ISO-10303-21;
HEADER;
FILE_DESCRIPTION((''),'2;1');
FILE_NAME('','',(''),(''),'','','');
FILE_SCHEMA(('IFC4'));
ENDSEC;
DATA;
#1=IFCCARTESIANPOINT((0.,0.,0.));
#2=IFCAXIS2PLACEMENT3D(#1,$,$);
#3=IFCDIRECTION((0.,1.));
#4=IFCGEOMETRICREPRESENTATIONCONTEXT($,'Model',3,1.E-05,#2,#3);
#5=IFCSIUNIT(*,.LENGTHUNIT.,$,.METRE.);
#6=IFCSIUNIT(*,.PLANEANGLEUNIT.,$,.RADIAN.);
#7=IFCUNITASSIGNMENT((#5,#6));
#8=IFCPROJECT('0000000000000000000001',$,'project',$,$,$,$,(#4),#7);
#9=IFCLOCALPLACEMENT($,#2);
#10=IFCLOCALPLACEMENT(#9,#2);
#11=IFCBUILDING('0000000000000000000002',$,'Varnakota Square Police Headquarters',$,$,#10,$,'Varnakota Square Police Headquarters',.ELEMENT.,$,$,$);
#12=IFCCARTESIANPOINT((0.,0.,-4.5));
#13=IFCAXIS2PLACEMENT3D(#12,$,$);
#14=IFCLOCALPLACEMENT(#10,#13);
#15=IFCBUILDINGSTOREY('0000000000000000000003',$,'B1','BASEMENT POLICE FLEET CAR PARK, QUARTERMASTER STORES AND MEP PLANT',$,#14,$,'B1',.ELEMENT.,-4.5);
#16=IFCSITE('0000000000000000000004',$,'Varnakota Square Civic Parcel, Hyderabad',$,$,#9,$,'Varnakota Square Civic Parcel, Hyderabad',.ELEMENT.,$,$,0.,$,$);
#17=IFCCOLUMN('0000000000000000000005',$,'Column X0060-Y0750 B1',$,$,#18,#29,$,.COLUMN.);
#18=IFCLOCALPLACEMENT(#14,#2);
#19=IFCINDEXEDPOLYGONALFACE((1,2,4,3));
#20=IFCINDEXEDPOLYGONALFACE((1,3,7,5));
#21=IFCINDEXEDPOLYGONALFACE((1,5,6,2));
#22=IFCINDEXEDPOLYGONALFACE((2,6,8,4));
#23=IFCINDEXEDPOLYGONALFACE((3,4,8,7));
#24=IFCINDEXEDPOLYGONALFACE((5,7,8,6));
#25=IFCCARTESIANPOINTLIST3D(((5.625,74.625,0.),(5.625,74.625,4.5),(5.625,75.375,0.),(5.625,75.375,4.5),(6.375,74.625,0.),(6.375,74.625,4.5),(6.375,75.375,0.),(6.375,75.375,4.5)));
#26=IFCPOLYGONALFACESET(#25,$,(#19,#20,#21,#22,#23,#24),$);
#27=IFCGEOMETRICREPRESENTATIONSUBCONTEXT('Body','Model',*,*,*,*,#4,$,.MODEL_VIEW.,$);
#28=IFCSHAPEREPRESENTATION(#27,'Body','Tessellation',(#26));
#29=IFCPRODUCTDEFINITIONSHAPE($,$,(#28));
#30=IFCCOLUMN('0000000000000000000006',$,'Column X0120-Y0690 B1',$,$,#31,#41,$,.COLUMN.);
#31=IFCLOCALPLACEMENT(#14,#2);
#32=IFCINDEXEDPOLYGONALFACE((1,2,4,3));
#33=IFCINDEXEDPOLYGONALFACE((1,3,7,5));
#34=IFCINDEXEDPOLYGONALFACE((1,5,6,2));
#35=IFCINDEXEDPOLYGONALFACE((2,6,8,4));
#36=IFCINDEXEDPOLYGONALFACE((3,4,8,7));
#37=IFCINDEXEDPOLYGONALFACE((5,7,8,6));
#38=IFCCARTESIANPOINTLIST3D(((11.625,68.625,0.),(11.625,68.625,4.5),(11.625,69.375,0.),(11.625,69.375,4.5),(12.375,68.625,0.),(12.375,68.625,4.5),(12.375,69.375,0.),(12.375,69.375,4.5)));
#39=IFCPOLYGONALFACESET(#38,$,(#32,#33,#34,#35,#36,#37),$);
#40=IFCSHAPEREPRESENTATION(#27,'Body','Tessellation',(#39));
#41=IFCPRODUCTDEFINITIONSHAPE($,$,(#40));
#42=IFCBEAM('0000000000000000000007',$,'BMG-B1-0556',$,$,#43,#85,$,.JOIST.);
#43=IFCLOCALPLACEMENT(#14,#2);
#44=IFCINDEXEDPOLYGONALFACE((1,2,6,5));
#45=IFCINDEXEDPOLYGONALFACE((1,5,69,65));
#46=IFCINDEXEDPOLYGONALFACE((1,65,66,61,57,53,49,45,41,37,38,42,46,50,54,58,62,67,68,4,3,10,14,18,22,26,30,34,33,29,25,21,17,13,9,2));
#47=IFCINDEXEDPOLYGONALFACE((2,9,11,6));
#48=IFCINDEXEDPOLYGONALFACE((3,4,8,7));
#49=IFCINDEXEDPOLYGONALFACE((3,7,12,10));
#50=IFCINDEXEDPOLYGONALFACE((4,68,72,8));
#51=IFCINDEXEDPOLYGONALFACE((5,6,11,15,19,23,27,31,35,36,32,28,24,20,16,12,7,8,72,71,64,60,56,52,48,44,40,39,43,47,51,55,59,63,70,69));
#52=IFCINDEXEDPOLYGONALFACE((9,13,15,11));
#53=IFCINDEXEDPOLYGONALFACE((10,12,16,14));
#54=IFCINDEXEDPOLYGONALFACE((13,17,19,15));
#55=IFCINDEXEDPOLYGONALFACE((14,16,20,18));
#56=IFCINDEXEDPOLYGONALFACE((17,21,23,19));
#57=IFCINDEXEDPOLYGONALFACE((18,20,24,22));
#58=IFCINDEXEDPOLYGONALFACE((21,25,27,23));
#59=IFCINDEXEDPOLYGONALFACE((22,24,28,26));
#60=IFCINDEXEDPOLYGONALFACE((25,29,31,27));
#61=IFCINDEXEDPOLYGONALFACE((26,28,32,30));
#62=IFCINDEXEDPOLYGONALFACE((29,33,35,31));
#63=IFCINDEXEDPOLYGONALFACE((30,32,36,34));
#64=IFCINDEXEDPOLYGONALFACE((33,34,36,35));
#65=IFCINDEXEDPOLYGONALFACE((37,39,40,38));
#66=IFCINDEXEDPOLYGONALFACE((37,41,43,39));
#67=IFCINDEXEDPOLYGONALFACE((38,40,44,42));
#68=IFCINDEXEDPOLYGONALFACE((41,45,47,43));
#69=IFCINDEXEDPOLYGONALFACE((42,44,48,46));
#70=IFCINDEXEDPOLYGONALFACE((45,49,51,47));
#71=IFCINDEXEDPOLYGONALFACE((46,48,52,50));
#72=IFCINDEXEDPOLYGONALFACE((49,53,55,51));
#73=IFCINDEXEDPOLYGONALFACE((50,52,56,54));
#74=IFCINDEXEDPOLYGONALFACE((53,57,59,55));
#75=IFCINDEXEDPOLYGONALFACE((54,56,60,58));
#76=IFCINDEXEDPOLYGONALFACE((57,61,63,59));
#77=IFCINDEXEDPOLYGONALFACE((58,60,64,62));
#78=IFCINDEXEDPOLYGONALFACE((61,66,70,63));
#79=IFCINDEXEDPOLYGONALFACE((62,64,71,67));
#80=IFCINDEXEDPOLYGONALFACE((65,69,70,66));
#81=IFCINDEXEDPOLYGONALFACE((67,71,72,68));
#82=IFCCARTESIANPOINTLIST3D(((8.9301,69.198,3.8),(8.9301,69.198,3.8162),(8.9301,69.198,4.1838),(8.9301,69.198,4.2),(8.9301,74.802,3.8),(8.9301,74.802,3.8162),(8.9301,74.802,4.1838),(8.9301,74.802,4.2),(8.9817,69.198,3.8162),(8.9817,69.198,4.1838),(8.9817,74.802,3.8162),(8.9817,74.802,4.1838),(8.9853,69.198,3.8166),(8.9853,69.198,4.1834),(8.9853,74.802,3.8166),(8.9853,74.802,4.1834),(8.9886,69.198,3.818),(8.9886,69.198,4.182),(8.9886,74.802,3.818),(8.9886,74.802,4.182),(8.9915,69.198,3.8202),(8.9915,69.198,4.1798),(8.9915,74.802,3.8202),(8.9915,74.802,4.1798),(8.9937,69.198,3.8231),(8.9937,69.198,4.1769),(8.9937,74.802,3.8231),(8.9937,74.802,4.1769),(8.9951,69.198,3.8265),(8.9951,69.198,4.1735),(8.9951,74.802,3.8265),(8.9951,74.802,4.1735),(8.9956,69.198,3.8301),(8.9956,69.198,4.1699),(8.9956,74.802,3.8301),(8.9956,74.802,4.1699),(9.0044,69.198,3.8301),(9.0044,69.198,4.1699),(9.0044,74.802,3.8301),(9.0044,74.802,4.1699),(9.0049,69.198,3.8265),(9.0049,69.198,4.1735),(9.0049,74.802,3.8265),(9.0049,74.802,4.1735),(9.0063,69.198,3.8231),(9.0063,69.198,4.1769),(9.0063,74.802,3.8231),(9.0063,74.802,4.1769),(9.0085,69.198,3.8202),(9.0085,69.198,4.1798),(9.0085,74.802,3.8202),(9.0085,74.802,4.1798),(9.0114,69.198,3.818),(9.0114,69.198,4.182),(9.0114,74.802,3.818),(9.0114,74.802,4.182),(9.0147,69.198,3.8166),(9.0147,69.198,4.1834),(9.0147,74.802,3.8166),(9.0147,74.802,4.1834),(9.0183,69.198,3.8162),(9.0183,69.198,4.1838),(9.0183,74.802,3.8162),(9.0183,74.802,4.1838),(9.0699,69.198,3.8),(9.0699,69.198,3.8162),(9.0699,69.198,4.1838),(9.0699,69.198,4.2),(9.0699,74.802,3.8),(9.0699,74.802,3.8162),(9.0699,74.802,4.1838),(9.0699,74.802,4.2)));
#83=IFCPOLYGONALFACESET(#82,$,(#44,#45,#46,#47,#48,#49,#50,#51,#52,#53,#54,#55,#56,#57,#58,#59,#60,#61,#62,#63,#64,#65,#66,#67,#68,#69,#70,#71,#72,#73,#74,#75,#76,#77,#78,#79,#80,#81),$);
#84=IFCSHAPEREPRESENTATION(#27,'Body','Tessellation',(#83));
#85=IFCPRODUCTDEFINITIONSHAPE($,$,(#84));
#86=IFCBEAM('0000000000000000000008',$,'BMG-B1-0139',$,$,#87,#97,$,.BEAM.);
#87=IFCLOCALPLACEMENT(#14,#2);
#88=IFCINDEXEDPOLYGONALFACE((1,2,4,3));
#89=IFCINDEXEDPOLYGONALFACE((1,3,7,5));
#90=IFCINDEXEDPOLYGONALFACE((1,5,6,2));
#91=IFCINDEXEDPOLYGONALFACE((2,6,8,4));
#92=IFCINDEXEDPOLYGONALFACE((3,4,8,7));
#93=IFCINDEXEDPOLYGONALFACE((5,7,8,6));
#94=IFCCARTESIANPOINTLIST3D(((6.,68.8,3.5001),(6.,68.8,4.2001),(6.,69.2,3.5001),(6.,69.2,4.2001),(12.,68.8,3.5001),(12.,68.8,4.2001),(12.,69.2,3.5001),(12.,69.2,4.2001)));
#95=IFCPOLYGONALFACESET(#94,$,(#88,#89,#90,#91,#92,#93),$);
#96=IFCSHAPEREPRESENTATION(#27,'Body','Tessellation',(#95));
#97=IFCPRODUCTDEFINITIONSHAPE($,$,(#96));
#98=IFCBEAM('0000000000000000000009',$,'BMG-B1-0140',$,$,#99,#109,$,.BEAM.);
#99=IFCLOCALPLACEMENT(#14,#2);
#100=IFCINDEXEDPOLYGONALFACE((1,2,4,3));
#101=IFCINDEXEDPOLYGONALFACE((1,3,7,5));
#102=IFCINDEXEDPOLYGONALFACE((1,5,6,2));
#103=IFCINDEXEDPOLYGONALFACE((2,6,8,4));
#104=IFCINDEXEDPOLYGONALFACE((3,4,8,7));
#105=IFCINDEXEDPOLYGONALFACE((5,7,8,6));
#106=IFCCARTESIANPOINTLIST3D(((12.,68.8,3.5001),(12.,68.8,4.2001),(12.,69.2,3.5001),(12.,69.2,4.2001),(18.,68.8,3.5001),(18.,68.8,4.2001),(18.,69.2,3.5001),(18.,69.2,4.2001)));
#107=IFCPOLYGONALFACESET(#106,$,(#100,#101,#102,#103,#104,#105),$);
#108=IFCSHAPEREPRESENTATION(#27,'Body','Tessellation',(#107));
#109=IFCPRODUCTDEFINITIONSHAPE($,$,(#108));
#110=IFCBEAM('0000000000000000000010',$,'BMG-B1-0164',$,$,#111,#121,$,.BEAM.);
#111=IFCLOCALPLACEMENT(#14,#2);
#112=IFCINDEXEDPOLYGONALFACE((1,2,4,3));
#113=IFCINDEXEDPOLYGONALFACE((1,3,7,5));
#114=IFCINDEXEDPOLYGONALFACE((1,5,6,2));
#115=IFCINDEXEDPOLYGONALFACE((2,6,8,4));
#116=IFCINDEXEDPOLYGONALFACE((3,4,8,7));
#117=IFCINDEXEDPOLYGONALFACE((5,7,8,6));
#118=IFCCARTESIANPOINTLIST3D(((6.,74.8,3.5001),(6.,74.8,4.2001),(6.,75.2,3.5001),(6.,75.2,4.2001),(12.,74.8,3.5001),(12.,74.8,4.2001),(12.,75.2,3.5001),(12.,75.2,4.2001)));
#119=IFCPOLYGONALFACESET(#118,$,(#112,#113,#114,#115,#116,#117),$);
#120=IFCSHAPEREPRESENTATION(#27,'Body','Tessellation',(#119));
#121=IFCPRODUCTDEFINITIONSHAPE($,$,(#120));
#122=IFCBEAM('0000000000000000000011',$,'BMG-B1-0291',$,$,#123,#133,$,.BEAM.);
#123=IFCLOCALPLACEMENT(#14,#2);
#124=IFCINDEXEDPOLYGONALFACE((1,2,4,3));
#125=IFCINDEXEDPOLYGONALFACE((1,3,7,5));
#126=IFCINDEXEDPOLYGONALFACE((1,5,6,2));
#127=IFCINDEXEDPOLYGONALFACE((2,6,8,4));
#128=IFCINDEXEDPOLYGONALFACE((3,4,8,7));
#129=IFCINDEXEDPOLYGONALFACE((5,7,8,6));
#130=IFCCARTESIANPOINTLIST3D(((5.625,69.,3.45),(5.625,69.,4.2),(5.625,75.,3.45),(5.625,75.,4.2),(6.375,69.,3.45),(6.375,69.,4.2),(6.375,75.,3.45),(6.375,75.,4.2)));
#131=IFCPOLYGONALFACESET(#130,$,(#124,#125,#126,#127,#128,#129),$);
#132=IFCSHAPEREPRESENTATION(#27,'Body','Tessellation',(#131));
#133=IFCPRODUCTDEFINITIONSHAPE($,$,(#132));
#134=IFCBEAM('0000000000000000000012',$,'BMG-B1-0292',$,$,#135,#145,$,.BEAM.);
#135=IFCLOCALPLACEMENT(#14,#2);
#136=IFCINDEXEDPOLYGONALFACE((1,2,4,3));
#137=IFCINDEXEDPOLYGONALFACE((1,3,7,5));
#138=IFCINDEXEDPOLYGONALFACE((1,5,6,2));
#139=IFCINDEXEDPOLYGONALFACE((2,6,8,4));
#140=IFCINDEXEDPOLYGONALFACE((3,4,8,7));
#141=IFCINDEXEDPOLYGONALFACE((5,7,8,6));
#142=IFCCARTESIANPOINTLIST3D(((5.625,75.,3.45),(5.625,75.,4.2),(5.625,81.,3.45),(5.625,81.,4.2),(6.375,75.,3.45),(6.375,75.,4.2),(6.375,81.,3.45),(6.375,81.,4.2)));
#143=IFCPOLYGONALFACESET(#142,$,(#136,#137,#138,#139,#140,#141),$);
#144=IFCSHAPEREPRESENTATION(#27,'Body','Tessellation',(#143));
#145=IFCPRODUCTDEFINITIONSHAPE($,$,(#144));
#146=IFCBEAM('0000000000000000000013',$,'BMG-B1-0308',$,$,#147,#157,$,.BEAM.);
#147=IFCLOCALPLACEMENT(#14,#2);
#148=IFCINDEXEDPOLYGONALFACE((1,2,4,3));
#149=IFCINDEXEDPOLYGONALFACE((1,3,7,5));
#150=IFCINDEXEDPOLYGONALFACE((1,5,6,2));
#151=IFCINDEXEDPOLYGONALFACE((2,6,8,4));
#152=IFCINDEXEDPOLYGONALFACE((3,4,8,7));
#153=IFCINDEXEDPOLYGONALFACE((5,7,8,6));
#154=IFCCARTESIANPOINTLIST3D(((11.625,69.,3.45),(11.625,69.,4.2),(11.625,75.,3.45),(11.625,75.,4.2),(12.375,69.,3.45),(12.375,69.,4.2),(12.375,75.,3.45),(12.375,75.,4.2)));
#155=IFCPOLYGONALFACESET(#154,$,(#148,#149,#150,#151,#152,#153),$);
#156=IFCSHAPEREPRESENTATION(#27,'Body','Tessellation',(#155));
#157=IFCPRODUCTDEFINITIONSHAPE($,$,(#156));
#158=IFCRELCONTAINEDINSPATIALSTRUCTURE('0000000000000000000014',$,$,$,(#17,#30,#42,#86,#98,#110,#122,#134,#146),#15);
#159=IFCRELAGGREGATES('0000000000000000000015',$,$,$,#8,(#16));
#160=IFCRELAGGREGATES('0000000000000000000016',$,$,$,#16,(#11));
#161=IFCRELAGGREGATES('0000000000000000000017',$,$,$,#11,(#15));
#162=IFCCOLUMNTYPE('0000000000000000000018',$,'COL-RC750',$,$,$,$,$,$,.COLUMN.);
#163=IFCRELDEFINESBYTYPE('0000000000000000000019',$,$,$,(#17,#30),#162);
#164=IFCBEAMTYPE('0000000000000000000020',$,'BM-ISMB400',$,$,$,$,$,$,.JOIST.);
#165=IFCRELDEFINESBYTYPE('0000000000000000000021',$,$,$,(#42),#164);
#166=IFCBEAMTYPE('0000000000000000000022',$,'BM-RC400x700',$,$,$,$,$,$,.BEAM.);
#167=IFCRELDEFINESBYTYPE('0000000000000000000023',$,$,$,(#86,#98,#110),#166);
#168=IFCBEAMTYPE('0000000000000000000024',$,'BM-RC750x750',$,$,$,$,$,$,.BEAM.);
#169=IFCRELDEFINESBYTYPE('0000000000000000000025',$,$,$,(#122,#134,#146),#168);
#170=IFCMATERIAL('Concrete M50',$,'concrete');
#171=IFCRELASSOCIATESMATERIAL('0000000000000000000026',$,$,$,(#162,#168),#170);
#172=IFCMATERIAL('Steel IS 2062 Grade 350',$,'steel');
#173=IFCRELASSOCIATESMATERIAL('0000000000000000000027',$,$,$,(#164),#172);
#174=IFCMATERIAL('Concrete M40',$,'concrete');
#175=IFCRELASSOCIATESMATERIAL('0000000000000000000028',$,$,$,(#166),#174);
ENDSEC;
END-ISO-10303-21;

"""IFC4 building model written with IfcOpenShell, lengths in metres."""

from ifc_helpers import new_model, si_unit, direction, frame, origin, origin_2d, place, context, subcontext, project, spatial, rectangle, i_section, extrude, material, material_profile, profile_set, type_object, element, save


model = new_model("IFC4")

# Units and contexts
model_context = context("Model", 3, precision=1e-05, world=origin(), true_north=direction((0.0, 1.0)))
body_context = subcontext(model_context, "Body", "Model", "MODEL_VIEW")
ifc_project = project(units=[si_unit("LENGTHUNIT", "METRE"), si_unit("PLANEANGLEUNIT", "RADIAN")], contexts=[model_context])

# Site, building, storey
site_placement = place(None, origin())
site = spatial("IfcSite", under=ifc_project, at=site_placement, Name="Varnakota Square Civic Parcel, Hyderabad", LongName="Varnakota Square Civic Parcel, Hyderabad", CompositionType="ELEMENT", RefElevation=0.0)
building_placement = place(site_placement, origin())
building = spatial("IfcBuilding", under=site, at=building_placement, Name="Varnakota Square Police Headquarters", LongName="Varnakota Square Police Headquarters", CompositionType="ELEMENT")
storey_placement = place(building_placement, frame((0.0, 0.0, -4.5)))
storey = spatial("IfcBuildingStorey", under=building, at=storey_placement, Name="B1", Description="BASEMENT POLICE FLEET CAR PARK, QUARTERMASTER STORES AND MEP PLANT", LongName="B1", CompositionType="ELEMENT", Elevation=-4.5)

# Shared definitions
ifc_material_1 = material(Name="Concrete M40", Category="concrete")

# Columns
ifc_material_2 = material(Name="Concrete M50", Category="concrete")
ifc_material_profile_1 = material_profile(ifc_material_2, rectangle(XDim=0.75, YDim=0.75, at=origin_2d()), Name="RC 750x750")
ifc_profile_set_1 = profile_set([ifc_material_profile_1], Name="Concrete M50")
column_type_1 = type_object("IfcColumnType", Name="COL-RC750", PredefinedType="COLUMN", material=ifc_profile_set_1)
for number, where, z_axis, x_axis, name in (
    (1, (6.0, 75.0, 0.0), (0.0, 0.0, 1.0), (1.0, 0.0, 0.0), "Column X0060-Y0750 B1"),
    (2, (12.0, 69.0, 0.0), (0.0, 0.0, 1.0), (1.0, 0.0, 0.0), "Column X0120-Y0690 B1"),
):
    element("IfcColumn", number, at=place(storey_placement, frame(where, z_axis=z_axis, x_axis=x_axis)), inside=storey, type_object=column_type_1, Name=name, PredefinedType="COLUMN", context=body_context, shape_type="SweptSolid", body=[
        extrude(rectangle(XDim=0.75, YDim=0.75, at=origin_2d()), origin(), (0.0, 0.0, 1.0), 4.5),
    ])

# Beams
ifc_material_3 = material(Name="Steel IS 2062 Grade 350", Category="steel")
ifc_material_profile_2 = material_profile(ifc_material_3, i_section(OverallWidth=0.1399, OverallDepth=0.3999, WebThickness=0.0088, FlangeThickness=0.0161, FilletRadius=0.0139, at=origin_2d()), Name="ISMB 400")
ifc_profile_set_2 = profile_set([ifc_material_profile_2], Name="Steel IS 2062 Grade 350")
beam_type_1 = type_object("IfcBeamType", Name="BM-ISMB400", PredefinedType="JOIST", material=ifc_profile_set_2)
beam_placement = place(storey_placement, frame((9.0, 69.198, 4.0), z_axis=(0.0, 1.0, 0.0), x_axis=(-1.0, 0.0, 0.0)))
element("IfcBeam", 3, at=beam_placement, inside=storey, type_object=beam_type_1, Name="BMG-B1-0556", PredefinedType="JOIST", context=body_context, shape_type="SweptSolid", body=[
    extrude(i_section(OverallWidth=0.1399, OverallDepth=0.3999, WebThickness=0.0088, FlangeThickness=0.0161, FilletRadius=0.0139, at=origin_2d()), origin(), (0.0, 0.0, 1.0), 5.604),
])
ifc_material_profile_3 = material_profile(ifc_material_1, rectangle(XDim=0.3999, YDim=0.7, at=origin_2d()), Name="RC 400x700")
ifc_profile_set_3 = profile_set([ifc_material_profile_3], Name="Concrete M40")
beam_type_2 = type_object("IfcBeamType", Name="BM-RC400x700", PredefinedType="BEAM", material=ifc_profile_set_3)
for number, where, z_axis, x_axis, name in (
    (4, (6.0, 69.0, 3.8501), (1.0, 0.0, 0.0), (0.0, 1.0, 0.0), "BMG-B1-0139"),
    (5, (12.0, 69.0, 3.8501), (1.0, 0.0, 0.0), (0.0, 1.0, 0.0), "BMG-B1-0140"),
    (6, (6.0, 75.0, 3.8501), (1.0, 0.0, 0.0), (0.0, 1.0, 0.0), "BMG-B1-0164"),
):
    element("IfcBeam", number, at=place(storey_placement, frame(where, z_axis=z_axis, x_axis=x_axis)), inside=storey, type_object=beam_type_2, Name=name, PredefinedType="BEAM", context=body_context, shape_type="SweptSolid", body=[
        extrude(rectangle(XDim=0.3999, YDim=0.7, at=origin_2d()), origin(), (0.0, 0.0, 1.0), 6.0),
    ])
ifc_material_profile_4 = material_profile(ifc_material_2, rectangle(XDim=0.75, YDim=0.75, at=origin_2d()), Name="RC 750x750")
ifc_profile_set_4 = profile_set([ifc_material_profile_4], Name="Concrete M50")
beam_type_3 = type_object("IfcBeamType", Name="BM-RC750x750", PredefinedType="BEAM", material=ifc_profile_set_4)
for number, where, z_axis, x_axis, name in (
    (7, (6.0, 69.0, 3.825), (0.0, 1.0, 0.0), (-1.0, 0.0, 0.0), "BMG-B1-0291"),
    (8, (6.0, 75.0, 3.825), (0.0, 1.0, 0.0), (-1.0, 0.0, 0.0), "BMG-B1-0292"),
    (9, (12.0, 69.0, 3.825), (0.0, 1.0, 0.0), (-1.0, 0.0, 0.0), "BMG-B1-0308"),
):
    element("IfcBeam", number, at=place(storey_placement, frame(where, z_axis=z_axis, x_axis=x_axis)), inside=storey, type_object=beam_type_3, Name=name, PredefinedType="BEAM", context=body_context, shape_type="SweptSolid", body=[
        extrude(rectangle(XDim=0.75, YDim=0.75, at=origin_2d()), origin(), (0.0, 0.0, 1.0), 6.0),
    ])

save(model, "model.ifc")
